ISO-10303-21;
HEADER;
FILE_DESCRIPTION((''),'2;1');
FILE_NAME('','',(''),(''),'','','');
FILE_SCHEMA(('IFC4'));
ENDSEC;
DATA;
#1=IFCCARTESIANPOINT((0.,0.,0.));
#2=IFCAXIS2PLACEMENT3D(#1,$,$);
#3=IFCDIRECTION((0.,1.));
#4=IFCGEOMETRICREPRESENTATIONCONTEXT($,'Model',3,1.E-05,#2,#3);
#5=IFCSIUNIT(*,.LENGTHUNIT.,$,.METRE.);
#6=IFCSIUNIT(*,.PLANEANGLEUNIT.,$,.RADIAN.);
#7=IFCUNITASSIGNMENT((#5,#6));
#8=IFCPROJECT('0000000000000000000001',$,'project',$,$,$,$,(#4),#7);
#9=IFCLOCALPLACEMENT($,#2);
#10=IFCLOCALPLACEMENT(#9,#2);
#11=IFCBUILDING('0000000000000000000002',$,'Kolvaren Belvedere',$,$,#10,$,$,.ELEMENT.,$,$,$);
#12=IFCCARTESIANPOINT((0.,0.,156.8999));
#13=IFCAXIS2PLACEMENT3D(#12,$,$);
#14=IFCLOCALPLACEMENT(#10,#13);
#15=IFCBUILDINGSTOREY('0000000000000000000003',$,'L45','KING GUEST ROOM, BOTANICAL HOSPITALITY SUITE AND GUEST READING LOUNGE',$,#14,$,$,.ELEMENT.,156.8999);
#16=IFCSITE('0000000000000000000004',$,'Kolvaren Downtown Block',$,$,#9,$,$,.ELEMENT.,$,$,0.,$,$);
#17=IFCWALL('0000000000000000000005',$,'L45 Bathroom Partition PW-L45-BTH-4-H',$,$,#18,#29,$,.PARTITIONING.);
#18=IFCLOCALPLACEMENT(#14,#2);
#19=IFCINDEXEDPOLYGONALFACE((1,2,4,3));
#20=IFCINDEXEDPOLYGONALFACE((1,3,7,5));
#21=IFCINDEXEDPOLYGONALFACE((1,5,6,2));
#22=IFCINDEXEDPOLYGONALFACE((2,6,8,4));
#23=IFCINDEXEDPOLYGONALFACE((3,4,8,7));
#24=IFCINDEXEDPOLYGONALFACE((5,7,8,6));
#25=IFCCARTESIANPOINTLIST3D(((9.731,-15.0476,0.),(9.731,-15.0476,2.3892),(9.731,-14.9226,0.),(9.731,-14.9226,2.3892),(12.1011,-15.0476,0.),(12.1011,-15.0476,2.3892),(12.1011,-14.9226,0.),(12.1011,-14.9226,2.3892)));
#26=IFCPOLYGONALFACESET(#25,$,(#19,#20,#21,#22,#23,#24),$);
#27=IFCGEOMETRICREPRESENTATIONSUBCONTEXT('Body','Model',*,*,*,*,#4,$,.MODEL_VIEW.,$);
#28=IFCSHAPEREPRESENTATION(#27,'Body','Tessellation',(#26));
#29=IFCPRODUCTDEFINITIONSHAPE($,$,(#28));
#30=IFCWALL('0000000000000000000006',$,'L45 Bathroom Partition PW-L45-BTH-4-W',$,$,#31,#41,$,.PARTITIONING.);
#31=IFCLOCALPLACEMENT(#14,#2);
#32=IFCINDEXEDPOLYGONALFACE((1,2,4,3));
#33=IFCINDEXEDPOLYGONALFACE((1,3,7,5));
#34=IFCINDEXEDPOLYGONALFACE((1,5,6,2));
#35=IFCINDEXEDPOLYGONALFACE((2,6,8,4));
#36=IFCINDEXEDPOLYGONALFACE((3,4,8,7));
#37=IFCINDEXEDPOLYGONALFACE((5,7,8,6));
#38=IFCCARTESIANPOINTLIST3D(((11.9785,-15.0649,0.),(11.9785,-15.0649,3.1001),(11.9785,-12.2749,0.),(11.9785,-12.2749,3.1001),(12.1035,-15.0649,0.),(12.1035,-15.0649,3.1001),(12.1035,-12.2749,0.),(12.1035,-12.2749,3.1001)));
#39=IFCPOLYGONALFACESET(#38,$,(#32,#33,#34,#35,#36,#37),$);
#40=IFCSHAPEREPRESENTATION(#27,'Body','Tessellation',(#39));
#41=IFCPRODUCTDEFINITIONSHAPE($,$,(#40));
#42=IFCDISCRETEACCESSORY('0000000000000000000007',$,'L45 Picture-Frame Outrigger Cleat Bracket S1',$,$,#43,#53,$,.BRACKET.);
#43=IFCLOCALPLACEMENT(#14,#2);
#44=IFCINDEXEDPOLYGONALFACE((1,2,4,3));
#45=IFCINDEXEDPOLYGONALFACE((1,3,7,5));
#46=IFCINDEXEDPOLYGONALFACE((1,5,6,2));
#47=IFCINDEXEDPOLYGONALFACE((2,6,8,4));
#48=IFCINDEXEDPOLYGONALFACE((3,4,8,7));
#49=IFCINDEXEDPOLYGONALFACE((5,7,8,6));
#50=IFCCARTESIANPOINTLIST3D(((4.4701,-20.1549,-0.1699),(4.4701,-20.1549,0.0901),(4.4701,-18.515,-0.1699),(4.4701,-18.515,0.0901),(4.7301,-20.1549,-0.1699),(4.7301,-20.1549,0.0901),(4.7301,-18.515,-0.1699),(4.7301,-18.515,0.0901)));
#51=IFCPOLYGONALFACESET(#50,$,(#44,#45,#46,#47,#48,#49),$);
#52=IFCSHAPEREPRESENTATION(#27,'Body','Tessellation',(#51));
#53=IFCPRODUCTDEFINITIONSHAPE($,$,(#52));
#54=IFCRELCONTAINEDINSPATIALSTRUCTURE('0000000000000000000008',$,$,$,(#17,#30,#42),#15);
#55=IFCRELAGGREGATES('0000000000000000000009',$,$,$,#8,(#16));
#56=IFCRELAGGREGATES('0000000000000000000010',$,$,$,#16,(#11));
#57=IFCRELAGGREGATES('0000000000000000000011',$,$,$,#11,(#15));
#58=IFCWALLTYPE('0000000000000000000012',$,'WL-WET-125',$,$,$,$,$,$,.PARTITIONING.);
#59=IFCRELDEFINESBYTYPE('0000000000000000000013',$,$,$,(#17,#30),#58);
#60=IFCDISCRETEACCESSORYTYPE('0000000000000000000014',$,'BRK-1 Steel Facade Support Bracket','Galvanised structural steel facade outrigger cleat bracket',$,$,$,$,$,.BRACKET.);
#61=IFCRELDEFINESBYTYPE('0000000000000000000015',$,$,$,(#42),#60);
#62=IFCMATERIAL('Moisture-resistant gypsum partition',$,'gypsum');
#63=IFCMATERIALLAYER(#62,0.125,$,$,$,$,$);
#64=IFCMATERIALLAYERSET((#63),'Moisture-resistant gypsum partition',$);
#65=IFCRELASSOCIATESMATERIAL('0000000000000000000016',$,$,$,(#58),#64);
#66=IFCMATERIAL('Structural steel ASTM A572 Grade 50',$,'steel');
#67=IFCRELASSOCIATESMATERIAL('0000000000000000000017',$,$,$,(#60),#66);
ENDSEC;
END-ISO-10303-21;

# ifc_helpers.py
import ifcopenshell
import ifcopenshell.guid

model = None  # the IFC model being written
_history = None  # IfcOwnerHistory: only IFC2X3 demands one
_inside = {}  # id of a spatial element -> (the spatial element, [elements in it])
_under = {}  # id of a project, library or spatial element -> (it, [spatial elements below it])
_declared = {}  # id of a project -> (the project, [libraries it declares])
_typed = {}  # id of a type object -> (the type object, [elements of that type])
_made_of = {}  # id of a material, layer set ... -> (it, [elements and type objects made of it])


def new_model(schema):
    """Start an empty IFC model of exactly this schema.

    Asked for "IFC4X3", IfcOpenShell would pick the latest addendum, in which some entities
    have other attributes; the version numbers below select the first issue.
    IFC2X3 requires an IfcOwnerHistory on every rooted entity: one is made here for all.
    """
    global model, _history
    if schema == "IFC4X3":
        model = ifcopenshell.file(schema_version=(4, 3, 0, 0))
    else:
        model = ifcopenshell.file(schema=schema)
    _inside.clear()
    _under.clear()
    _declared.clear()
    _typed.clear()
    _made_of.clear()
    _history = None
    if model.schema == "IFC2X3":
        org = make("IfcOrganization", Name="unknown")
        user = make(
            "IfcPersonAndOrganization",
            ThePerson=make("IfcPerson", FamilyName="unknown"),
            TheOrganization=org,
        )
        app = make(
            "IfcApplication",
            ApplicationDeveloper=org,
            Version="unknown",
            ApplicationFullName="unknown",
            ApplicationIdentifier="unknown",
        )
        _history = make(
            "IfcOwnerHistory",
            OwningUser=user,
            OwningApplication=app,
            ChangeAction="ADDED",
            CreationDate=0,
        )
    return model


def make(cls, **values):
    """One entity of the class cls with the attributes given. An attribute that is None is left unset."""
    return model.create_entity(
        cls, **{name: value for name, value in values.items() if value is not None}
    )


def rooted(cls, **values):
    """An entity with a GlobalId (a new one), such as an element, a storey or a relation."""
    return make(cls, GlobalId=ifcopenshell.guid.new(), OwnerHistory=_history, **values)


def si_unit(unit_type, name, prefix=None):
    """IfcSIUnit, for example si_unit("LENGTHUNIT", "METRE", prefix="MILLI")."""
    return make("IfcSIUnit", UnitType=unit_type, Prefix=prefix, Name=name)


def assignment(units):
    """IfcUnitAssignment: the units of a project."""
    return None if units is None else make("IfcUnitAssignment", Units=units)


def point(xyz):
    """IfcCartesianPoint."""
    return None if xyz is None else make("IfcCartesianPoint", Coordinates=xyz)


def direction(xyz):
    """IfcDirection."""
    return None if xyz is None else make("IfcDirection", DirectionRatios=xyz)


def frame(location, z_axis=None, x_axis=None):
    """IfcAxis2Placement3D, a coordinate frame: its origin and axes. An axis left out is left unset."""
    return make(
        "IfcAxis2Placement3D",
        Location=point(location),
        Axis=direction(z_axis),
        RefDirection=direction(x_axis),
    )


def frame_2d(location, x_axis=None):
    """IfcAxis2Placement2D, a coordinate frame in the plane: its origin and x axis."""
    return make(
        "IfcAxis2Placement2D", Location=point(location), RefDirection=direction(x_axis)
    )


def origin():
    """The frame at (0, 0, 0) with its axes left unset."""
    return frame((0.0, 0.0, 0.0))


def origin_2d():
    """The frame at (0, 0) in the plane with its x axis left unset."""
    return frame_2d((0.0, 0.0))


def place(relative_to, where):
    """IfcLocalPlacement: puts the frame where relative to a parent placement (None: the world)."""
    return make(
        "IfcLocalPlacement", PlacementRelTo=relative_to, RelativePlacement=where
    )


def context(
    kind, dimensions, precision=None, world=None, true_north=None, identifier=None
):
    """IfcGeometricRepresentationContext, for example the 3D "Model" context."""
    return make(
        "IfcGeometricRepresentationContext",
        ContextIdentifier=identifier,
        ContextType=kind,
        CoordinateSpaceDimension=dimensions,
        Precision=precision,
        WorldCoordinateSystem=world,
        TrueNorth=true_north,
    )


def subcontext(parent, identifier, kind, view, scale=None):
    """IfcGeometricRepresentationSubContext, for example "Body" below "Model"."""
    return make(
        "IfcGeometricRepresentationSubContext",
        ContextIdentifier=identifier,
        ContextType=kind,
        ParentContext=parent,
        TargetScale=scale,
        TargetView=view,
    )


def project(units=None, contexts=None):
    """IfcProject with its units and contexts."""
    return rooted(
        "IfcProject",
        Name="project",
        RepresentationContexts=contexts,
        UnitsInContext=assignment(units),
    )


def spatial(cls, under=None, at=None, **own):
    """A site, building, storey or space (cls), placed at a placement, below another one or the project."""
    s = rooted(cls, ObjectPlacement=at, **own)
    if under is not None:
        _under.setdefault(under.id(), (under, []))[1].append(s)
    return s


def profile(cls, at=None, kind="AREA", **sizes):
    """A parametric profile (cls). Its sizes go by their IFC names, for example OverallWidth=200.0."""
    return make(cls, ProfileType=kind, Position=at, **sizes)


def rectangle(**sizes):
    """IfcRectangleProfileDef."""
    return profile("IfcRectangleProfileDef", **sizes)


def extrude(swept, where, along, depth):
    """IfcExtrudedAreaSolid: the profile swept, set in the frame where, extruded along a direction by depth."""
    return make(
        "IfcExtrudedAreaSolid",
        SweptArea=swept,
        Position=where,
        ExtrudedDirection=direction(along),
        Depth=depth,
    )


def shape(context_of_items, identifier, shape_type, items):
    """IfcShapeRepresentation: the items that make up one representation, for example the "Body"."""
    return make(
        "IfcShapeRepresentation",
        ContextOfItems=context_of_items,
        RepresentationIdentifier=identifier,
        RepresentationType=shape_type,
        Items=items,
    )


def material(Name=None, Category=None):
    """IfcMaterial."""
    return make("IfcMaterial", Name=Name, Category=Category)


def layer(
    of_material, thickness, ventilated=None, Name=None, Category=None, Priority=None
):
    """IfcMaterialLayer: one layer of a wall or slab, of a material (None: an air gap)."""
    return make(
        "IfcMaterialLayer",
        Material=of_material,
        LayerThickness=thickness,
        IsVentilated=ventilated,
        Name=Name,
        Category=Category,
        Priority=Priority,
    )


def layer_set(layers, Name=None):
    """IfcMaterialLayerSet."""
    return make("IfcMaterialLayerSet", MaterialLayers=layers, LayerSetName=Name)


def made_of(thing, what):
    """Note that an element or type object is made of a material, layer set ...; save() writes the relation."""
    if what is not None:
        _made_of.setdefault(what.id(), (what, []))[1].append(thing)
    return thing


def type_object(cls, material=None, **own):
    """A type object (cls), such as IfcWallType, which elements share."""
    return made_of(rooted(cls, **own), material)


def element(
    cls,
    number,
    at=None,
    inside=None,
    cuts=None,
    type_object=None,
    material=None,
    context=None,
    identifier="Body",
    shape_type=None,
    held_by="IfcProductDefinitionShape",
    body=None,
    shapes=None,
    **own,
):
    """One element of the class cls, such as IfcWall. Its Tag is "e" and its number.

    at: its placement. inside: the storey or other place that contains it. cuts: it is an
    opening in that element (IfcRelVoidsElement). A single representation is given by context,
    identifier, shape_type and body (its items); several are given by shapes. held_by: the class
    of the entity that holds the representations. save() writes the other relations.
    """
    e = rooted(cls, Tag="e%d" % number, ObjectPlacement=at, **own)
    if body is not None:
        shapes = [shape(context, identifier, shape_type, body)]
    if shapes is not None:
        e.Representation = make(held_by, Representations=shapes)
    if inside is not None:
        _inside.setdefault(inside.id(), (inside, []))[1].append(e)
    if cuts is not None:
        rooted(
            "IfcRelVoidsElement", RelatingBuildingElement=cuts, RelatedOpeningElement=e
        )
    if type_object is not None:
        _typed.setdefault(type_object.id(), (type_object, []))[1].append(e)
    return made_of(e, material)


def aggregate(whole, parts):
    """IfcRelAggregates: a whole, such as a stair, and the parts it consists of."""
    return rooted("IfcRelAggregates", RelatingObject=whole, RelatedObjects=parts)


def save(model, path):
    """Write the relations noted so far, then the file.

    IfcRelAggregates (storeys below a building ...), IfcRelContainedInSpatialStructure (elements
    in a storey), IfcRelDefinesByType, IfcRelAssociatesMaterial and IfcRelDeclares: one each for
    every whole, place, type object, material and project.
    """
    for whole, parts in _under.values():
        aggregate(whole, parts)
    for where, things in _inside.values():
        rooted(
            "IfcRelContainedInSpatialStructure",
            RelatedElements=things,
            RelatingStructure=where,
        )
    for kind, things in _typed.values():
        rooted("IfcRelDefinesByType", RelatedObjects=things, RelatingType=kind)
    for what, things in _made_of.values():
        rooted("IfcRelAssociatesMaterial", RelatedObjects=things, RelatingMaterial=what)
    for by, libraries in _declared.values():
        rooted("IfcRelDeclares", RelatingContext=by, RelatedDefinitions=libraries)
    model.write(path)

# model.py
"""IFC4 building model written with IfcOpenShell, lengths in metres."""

from ifc_helpers import new_model, si_unit, direction, frame, frame_2d, origin, origin_2d, place, context, subcontext, project, spatial, rectangle, extrude, material, layer, layer_set, type_object, element, save


model = new_model("IFC4")

# Units and contexts
model_context = context("Model", 3, precision=1e-05, world=origin(), true_north=direction((0.0, 1.0)))
body_context = subcontext(model_context, "Body", "Model", "MODEL_VIEW")
ifc_project = project(units=[si_unit("LENGTHUNIT", "METRE"), si_unit("PLANEANGLEUNIT", "RADIAN")], contexts=[model_context])

# Site, building, storey
site_placement = place(None, origin())
site = spatial("IfcSite", under=ifc_project, at=site_placement, Name="Kolvaren Downtown Block", CompositionType="ELEMENT", RefElevation=0.0)
building_placement = place(site_placement, origin())
building = spatial("IfcBuilding", under=site, at=building_placement, Name="Kolvaren Belvedere", CompositionType="ELEMENT")
storey_placement = place(building_placement, frame((0.0, 0.0, 156.8999)))
storey = spatial("IfcBuildingStorey", under=building, at=storey_placement, Name="L45", Description="KING GUEST ROOM, BOTANICAL HOSPITALITY SUITE AND GUEST READING LOUNGE", CompositionType="ELEMENT", Elevation=156.8999)

# Shared definitions
ifc_material_1 = material(Name="Moisture-resistant gypsum partition", Category="gypsum")
ifc_layer_1 = layer(ifc_material_1, 0.125)
ifc_layer_set_1 = layer_set([ifc_layer_1], Name="Moisture-resistant gypsum partition")
wall_type_1 = type_object("IfcWallType", Name="WL-WET-125", PredefinedType="PARTITIONING", material=ifc_layer_set_1)

# Walls
wall_1_placement = place(storey_placement, frame((9.731, -14.9851, 0.0), z_axis=(0.0, 0.0, 1.0), x_axis=(1.0, 0.0, 0.0)))
element("IfcWall", 1, at=wall_1_placement, inside=storey, type_object=wall_type_1, Name="L45 Bathroom Partition PW-L45-BTH-4-H", PredefinedType="PARTITIONING", context=body_context, shape_type="SweptSolid", body=[
    extrude(rectangle(XDim=2.3701, YDim=0.125, at=frame_2d((1.1851, 0.0))), origin(), (0.0, 0.0, 1.0), 2.3892),
])
wall_2_placement = place(storey_placement, frame((12.041, -15.0649, 0.0), z_axis=(0.0, 0.0, 1.0), x_axis=(0.0, 1.0, 0.0)))
element("IfcWall", 2, at=wall_2_placement, inside=storey, type_object=wall_type_1, Name="L45 Bathroom Partition PW-L45-BTH-4-W", PredefinedType="PARTITIONING", context=body_context, shape_type="SweptSolid", body=[
    extrude(rectangle(XDim=2.79, YDim=0.125, at=frame_2d((1.395, 0.0))), origin(), (0.0, 0.0, 1.0), 3.1001),
])

# Discrete accessory
ifc_material_2 = material(Name="Structural steel ASTM A572 Grade 50", Category="steel")
discrete_accessory_type = type_object("IfcDiscreteAccessoryType", Name="BRK-1 Steel Facade Support Bracket", Description="Galvanised structural steel facade outrigger cleat bracket", PredefinedType="BRACKET", material=ifc_material_2)
discrete_accessory_placement = place(storey_placement, frame((4.6001, -19.335, -0.1699), z_axis=(0.0, 0.0, 1.0), x_axis=(0.0, 1.0, 0.0)))
element("IfcDiscreteAccessory", 3, at=discrete_accessory_placement, inside=storey, type_object=discrete_accessory_type, Name="L45 Picture-Frame Outrigger Cleat Bracket S1", PredefinedType="BRACKET", context=body_context, shape_type="SweptSolid", body=[
    extrude(rectangle(XDim=1.6399, YDim=0.26, at=origin_2d()), origin(), (0.0, 0.0, 1.0), 0.26),
])

save(model, "model.ifc")
